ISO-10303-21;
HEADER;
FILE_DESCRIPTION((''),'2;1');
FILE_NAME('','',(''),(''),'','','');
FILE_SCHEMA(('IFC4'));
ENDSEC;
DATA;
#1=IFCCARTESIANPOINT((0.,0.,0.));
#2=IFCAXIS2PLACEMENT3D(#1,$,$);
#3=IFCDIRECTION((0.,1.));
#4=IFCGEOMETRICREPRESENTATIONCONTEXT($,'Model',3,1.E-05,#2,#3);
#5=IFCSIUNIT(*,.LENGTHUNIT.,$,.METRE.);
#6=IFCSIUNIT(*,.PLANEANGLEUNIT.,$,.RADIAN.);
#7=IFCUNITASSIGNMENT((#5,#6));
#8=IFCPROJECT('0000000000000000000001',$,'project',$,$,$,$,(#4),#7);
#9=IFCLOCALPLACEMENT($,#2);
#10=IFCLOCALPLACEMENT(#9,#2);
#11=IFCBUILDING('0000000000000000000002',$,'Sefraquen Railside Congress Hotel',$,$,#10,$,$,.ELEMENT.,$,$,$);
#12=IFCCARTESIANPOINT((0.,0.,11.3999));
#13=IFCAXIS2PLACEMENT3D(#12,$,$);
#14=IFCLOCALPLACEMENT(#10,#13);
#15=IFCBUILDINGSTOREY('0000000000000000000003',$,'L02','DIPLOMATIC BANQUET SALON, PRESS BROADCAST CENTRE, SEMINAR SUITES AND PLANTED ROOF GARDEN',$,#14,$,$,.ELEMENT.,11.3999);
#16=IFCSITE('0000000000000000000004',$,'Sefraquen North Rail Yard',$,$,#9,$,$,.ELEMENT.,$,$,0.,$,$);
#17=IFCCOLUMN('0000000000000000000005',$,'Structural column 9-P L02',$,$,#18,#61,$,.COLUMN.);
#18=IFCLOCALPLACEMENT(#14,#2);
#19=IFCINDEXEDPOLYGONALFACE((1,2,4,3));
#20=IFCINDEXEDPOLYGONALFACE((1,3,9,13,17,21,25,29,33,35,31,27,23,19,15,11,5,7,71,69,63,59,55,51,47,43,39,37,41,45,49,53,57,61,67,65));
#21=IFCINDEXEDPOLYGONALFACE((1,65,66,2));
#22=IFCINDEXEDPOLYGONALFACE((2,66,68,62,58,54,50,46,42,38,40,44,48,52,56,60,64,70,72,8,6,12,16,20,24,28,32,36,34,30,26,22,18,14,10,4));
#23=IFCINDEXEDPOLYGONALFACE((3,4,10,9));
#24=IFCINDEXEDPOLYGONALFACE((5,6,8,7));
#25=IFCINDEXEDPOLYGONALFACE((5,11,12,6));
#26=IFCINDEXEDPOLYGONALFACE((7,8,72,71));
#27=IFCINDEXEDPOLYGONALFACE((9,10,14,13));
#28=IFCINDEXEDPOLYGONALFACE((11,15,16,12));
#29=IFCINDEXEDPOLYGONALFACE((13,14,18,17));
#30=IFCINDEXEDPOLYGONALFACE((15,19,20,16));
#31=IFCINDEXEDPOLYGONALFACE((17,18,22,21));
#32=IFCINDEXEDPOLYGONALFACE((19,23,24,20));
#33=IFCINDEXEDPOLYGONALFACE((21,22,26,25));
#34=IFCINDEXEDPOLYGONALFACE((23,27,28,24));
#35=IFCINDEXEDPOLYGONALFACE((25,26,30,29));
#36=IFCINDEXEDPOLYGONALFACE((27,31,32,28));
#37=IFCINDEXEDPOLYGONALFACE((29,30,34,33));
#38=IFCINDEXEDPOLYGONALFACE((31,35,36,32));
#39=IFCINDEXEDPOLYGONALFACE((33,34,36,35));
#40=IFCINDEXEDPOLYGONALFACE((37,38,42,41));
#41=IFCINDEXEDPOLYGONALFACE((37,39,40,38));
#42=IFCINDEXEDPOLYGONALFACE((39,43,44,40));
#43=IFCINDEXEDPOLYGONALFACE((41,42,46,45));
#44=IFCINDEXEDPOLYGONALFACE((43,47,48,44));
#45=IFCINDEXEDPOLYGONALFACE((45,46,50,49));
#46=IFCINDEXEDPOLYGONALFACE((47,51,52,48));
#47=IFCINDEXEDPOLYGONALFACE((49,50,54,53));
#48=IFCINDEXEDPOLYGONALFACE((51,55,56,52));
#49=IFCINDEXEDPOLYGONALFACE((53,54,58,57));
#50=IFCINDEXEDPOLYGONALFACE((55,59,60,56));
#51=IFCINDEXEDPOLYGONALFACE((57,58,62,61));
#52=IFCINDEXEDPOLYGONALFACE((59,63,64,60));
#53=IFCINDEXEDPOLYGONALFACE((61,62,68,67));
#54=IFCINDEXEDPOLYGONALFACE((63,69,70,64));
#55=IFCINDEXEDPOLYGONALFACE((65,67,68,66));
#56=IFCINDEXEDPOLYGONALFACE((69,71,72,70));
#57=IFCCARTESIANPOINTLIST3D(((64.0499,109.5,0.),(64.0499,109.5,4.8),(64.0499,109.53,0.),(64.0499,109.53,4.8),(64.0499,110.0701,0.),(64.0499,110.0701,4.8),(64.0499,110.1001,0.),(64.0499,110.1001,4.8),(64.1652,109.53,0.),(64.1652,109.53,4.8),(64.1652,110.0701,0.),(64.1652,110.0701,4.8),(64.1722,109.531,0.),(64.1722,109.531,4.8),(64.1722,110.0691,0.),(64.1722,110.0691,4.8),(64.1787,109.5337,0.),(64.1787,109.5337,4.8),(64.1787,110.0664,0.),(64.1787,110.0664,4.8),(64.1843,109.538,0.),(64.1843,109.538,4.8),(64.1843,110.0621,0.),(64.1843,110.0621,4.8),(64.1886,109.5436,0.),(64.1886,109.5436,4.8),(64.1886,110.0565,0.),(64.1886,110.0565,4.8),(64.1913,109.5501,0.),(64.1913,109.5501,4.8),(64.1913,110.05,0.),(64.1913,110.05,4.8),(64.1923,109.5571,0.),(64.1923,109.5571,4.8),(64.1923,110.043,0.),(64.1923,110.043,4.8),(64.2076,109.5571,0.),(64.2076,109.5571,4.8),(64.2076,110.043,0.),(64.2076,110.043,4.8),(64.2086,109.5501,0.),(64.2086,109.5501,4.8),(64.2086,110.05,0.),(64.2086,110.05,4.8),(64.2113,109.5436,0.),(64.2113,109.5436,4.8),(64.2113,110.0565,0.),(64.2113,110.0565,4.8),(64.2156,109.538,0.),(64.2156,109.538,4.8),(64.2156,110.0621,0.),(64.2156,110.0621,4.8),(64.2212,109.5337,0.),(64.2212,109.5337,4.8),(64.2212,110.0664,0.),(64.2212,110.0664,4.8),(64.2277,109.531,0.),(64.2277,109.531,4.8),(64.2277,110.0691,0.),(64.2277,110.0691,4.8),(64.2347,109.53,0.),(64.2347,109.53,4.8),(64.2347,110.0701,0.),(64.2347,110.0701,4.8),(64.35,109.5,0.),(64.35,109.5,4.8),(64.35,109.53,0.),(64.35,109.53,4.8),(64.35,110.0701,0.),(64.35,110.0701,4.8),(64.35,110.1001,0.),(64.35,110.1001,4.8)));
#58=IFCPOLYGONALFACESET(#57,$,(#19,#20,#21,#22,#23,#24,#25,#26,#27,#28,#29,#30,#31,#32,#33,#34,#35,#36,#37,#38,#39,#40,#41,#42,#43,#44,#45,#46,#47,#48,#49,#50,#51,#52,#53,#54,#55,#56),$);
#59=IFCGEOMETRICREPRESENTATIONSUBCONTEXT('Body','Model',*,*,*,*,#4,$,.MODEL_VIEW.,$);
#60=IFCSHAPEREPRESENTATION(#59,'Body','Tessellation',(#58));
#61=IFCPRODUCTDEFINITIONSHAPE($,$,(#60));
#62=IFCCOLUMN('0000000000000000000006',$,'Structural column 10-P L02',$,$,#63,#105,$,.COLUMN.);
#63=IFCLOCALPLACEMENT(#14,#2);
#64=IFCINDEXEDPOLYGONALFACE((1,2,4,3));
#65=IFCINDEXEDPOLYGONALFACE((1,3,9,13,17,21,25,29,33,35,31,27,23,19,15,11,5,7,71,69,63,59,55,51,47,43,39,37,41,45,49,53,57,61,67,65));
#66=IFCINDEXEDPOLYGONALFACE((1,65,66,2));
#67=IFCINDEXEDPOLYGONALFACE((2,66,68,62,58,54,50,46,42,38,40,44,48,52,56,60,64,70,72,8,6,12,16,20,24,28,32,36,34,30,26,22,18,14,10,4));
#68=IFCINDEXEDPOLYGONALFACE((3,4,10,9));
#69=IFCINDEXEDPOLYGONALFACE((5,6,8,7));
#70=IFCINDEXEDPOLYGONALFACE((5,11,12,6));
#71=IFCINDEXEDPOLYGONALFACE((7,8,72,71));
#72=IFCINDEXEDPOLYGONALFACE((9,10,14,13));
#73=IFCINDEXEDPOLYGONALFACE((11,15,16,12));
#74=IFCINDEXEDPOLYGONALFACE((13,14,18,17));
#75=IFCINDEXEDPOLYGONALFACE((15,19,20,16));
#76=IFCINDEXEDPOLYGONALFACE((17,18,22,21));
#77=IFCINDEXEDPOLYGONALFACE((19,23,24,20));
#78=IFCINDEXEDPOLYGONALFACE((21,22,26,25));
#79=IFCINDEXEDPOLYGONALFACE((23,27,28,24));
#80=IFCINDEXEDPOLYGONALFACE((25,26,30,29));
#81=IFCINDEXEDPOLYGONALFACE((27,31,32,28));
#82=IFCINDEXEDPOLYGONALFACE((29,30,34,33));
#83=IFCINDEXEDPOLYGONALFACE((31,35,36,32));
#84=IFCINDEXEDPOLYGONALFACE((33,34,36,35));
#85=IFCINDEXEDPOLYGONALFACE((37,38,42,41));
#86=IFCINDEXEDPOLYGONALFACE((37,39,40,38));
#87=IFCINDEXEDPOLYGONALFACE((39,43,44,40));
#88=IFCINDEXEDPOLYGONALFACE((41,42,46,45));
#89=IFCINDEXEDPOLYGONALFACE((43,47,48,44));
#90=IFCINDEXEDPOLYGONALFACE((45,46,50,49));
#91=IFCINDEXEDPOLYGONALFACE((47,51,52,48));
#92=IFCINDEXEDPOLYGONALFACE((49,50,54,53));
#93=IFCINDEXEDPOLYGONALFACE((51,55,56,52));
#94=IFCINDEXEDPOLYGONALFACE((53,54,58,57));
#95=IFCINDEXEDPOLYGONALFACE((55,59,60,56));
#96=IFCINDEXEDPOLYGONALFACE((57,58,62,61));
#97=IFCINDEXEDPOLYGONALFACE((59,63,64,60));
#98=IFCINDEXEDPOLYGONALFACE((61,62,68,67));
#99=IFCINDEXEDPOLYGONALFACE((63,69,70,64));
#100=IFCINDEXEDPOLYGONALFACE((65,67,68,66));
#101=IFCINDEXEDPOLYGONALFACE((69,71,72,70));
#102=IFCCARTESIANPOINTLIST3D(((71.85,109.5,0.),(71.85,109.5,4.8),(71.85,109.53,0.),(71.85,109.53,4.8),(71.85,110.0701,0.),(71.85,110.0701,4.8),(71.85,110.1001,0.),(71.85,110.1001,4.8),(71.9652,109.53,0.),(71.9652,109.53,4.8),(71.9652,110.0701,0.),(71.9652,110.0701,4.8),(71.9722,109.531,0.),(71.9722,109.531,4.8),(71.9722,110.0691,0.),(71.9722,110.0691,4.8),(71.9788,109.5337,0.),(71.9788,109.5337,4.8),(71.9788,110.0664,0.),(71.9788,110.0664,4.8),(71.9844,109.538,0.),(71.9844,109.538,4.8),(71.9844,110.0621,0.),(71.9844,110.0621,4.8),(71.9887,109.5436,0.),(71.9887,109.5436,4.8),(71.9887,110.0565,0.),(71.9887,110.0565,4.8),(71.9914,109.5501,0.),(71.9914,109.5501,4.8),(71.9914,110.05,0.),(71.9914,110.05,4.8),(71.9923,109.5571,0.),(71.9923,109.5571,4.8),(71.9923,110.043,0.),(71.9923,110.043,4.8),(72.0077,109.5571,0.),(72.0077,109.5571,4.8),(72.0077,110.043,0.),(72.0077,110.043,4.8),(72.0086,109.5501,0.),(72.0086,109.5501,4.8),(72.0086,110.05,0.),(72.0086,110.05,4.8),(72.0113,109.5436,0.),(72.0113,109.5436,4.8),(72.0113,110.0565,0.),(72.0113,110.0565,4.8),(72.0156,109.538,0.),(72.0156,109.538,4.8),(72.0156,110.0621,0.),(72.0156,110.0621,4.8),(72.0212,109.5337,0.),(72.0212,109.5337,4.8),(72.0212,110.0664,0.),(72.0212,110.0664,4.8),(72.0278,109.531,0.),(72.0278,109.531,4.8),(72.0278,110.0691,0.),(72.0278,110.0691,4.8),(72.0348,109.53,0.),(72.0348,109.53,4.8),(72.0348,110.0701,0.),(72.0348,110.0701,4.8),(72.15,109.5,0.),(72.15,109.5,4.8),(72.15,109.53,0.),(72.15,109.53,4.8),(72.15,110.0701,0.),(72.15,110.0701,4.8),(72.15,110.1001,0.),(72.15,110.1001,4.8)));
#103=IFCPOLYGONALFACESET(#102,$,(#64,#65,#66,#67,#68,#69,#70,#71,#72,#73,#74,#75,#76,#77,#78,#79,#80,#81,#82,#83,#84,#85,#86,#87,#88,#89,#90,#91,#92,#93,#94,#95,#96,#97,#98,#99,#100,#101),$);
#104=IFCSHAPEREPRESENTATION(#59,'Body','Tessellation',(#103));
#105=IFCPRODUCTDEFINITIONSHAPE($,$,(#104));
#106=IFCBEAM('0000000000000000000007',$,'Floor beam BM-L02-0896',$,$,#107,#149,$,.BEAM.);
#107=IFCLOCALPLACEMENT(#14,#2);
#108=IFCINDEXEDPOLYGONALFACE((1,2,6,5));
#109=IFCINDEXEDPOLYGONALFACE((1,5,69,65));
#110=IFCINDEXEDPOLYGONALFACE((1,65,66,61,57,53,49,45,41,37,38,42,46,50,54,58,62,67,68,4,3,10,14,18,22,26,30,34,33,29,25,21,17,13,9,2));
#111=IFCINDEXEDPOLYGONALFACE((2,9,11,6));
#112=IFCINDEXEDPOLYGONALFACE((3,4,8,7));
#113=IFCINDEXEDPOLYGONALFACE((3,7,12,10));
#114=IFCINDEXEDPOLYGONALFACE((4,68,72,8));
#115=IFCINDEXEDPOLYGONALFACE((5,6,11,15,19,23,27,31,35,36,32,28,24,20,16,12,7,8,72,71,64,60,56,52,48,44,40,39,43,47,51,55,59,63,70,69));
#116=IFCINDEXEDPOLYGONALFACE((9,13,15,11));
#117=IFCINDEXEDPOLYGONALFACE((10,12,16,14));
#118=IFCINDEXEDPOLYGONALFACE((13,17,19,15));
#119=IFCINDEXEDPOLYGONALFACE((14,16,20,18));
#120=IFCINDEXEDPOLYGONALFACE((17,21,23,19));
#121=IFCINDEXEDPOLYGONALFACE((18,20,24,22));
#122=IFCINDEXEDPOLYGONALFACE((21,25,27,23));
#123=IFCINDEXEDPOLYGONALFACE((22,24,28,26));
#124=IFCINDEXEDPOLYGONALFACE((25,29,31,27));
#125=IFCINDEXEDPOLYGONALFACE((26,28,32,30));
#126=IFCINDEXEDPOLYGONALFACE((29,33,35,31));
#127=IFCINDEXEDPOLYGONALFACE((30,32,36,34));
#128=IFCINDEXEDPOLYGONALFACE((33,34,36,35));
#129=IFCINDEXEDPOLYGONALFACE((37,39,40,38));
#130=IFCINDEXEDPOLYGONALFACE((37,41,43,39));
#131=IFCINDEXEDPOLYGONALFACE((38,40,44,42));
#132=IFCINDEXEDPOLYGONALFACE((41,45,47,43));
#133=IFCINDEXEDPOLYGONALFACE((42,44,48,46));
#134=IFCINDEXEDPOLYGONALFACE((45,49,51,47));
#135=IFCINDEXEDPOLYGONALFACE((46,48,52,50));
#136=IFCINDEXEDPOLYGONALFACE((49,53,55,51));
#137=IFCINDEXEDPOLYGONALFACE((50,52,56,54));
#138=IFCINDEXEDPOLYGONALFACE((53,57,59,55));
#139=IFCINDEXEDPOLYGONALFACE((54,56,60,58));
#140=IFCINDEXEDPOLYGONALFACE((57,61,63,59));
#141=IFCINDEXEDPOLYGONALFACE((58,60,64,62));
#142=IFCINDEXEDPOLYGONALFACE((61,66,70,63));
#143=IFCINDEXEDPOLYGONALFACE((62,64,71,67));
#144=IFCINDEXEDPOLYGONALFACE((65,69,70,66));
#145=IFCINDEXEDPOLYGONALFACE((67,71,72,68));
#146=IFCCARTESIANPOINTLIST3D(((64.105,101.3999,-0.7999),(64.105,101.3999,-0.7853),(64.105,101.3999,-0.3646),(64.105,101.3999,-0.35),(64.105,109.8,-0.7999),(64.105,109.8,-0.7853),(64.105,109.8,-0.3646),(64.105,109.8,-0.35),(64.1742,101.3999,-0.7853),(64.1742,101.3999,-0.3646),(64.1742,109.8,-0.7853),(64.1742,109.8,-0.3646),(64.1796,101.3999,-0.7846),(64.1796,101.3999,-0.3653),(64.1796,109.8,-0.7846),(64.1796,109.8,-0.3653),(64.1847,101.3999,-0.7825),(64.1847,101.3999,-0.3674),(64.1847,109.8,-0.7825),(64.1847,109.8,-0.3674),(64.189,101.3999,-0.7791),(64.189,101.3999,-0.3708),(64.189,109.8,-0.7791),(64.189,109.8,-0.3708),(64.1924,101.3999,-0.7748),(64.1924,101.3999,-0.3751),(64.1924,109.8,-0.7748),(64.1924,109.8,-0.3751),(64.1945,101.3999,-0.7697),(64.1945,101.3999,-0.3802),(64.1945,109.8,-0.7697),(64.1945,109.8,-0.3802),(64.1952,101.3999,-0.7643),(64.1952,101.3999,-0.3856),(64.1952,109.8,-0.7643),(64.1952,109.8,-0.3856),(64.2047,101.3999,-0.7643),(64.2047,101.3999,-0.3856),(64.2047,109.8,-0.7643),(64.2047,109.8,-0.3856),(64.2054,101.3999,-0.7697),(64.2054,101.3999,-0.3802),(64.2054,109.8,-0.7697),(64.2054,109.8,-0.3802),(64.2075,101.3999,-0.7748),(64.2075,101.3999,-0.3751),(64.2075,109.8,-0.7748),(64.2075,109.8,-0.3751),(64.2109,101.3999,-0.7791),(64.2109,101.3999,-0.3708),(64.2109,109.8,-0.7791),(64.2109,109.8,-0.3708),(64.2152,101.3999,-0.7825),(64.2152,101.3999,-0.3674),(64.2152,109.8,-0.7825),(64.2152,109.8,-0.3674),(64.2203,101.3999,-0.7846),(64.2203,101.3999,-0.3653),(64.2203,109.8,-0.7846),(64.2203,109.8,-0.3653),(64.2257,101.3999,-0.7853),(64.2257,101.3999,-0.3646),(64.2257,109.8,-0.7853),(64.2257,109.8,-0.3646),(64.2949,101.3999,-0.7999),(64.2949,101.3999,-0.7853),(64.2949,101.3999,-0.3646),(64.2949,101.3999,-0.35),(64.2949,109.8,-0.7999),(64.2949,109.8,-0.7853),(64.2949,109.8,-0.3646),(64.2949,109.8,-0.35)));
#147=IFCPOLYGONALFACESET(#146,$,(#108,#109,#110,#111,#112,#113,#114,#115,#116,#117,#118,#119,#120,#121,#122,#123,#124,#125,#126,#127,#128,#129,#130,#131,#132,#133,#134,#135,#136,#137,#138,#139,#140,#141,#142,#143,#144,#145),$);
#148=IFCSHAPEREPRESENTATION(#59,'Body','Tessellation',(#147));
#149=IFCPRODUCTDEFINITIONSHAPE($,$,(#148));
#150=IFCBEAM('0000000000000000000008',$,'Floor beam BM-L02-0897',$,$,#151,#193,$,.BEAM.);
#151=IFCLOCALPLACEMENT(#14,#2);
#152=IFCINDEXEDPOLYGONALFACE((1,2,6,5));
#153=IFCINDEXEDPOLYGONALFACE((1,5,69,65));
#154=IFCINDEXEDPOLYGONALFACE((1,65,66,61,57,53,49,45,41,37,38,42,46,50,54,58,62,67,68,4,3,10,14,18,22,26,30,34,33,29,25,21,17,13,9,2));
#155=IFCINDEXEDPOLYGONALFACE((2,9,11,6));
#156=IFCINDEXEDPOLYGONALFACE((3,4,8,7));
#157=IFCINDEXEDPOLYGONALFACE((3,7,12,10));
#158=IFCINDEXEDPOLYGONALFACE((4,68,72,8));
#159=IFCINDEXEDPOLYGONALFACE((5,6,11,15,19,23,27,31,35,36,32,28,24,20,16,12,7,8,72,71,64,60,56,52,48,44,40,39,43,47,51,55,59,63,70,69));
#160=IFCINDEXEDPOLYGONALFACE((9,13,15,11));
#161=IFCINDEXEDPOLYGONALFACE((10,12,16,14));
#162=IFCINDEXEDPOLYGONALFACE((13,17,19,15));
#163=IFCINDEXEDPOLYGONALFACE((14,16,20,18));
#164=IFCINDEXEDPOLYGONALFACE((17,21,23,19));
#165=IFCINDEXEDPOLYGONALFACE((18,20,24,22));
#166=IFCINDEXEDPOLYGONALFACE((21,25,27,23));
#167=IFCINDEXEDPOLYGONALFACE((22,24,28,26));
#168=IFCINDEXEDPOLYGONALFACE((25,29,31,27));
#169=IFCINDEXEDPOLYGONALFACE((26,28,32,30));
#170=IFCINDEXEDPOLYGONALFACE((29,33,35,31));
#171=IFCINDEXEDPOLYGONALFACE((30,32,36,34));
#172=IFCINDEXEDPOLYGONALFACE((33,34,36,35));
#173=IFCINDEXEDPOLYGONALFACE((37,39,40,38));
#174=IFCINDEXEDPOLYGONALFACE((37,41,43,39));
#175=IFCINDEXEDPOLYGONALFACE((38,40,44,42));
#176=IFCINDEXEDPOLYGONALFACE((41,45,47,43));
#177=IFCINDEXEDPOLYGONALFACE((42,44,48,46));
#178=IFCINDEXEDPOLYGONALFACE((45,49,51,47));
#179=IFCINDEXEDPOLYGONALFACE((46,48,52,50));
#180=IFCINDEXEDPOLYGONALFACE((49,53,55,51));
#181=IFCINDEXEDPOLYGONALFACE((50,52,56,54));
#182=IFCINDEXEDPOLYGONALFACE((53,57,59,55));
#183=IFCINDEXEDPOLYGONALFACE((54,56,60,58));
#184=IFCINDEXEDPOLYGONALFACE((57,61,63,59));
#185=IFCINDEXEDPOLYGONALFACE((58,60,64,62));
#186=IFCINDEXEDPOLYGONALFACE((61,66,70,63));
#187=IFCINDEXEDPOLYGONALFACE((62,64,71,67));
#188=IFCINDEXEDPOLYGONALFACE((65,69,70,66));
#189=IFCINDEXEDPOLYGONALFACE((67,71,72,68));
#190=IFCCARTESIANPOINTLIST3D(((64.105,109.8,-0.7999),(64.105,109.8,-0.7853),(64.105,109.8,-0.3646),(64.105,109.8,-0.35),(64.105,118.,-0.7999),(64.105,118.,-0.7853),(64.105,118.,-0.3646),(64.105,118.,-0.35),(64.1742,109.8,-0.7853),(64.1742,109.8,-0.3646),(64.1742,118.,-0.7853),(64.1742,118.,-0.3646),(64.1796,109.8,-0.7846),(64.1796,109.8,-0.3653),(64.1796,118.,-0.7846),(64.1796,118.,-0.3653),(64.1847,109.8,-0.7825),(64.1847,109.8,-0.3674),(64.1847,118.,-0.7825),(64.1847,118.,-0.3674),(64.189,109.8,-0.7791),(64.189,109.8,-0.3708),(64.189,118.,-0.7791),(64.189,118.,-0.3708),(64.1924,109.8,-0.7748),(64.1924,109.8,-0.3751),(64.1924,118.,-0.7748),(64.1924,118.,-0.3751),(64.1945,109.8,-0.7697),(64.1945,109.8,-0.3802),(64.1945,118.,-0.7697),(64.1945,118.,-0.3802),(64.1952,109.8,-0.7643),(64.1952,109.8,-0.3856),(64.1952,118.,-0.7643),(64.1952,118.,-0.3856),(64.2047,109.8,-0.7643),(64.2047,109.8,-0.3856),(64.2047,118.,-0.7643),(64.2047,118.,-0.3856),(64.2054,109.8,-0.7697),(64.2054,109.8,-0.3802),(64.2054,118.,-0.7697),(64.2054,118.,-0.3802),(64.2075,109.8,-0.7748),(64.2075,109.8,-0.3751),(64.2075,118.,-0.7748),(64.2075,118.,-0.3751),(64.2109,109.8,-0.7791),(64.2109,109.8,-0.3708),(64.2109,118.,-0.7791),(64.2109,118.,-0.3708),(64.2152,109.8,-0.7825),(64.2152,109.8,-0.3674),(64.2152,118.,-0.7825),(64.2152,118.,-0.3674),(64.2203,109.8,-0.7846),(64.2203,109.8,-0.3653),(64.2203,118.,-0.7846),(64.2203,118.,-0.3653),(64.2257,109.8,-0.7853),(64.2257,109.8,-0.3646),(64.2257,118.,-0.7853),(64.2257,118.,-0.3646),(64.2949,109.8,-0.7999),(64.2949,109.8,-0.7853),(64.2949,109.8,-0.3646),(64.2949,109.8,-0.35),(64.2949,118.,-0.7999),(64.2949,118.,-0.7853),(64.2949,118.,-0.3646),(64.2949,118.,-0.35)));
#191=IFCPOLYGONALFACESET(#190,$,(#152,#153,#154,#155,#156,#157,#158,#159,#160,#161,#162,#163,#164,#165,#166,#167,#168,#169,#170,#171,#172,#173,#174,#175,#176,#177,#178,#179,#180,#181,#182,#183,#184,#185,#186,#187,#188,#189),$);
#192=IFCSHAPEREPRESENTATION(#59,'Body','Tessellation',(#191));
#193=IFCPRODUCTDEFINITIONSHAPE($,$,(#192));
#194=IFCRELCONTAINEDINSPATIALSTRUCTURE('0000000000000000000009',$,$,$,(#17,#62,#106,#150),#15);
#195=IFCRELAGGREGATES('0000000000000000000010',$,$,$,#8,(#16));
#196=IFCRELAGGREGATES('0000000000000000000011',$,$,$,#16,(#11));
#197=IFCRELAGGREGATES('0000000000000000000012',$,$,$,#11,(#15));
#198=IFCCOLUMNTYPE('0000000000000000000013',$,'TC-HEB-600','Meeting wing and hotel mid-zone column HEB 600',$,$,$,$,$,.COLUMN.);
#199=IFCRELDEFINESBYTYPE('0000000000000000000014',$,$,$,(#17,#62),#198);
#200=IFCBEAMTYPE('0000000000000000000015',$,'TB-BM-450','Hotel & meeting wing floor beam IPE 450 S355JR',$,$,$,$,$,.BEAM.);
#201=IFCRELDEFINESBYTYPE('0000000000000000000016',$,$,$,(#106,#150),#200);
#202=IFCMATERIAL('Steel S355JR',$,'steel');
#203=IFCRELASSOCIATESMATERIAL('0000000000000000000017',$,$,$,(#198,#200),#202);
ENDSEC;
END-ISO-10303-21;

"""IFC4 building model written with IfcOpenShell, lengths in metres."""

from ifc_helpers import new_model, si_unit, direction, frame, origin, origin_2d, place, context, subcontext, project, spatial, i_section, extrude, material, material_profile, profile_set, type_object, element, save


model = new_model("IFC4")

# Units and contexts
model_context = context("Model", 3, precision=1e-05, world=origin(), true_north=direction((0.0, 1.0)))
body_context = subcontext(model_context, "Body", "Model", "MODEL_VIEW")
ifc_project = project(units=[si_unit("LENGTHUNIT", "METRE"), si_unit("PLANEANGLEUNIT", "RADIAN")], contexts=[model_context])

# Site, building, storey
site_placement = place(None, origin())
site = spatial("IfcSite", under=ifc_project, at=site_placement, Name="Sefraquen North Rail Yard", CompositionType="ELEMENT", RefElevation=0.0)
building_placement = place(site_placement, origin())
building = spatial("IfcBuilding", under=site, at=building_placement, Name="Sefraquen Railside Congress Hotel", CompositionType="ELEMENT")
storey_placement = place(building_placement, frame((0.0, 0.0, 11.3999)))
storey = spatial("IfcBuildingStorey", under=building, at=storey_placement, Name="L02", Description="DIPLOMATIC BANQUET SALON, PRESS BROADCAST CENTRE, SEMINAR SUITES AND PLANTED ROOF GARDEN", CompositionType="ELEMENT", Elevation=11.3999)

# Columns
ifc_material_1 = material(Name="Steel S355JR", Category="steel")
ifc_material_profile_1 = material_profile(ifc_material_1, i_section(OverallWidth=0.3, OverallDepth=0.6001, WebThickness=0.0154, FlangeThickness=0.03, FilletRadius=0.0271, at=origin_2d()), Name="HEB 600")
ifc_profile_set_1 = profile_set([ifc_material_profile_1], Name="Steel S355JR")
column_type_1 = type_object("IfcColumnType", Name="TC-HEB-600", Description="Meeting wing and hotel mid-zone column HEB 600", PredefinedType="COLUMN", material=ifc_profile_set_1)
for number, where, z_axis, x_axis, name in (
    (1, (64.2, 109.8, 0.0), (0.0, 0.0, 1.0), (1.0, 0.0, 0.0), "Structural column 9-P L02"),
    (2, (72.0, 109.8, 0.0), (0.0, 0.0, 1.0), (1.0, 0.0, 0.0), "Structural column 10-P L02"),
):
    element("IfcColumn", number, at=place(storey_placement, frame(where, z_axis=z_axis, x_axis=x_axis)), inside=storey, type_object=column_type_1, Name=name, PredefinedType="COLUMN", context=body_context, shape_type="SweptSolid", body=[
        extrude(i_section(OverallWidth=0.3, OverallDepth=0.6001, WebThickness=0.0154, FlangeThickness=0.03, FilletRadius=0.0271, at=origin_2d()), origin(), (0.0, 0.0, 1.0), 4.8),
    ])

# Beams
ifc_material_profile_2 = material_profile(ifc_material_1, i_section(OverallWidth=0.1899, OverallDepth=0.45, WebThickness=0.0095, FlangeThickness=0.0146, FilletRadius=0.021, at=origin_2d()), Name="IPE 450")
ifc_profile_set_2 = profile_set([ifc_material_profile_2], Name="Steel S355JR")
beam_type_1 = type_object("IfcBeamType", Name="TB-BM-450", Description="Hotel & meeting wing floor beam IPE 450 S355JR", PredefinedType="BEAM", material=ifc_profile_set_2)
beam_1_placement = place(storey_placement, frame((64.2, 101.3999, -0.575), z_axis=(0.0, 1.0, 0.0), x_axis=(-1.0, 0.0, 0.0)))
element("IfcBeam", 3, at=beam_1_placement, inside=storey, type_object=beam_type_1, Name="Floor beam BM-L02-0896", PredefinedType="BEAM", context=body_context, shape_type="SweptSolid", body=[
    extrude(i_section(OverallWidth=0.1899, OverallDepth=0.45, WebThickness=0.0095, FlangeThickness=0.0146, FilletRadius=0.021, at=origin_2d()), origin(), (0.0, 0.0, 1.0), 8.4001),
])
beam_2_placement = place(storey_placement, frame((64.2, 109.8, -0.575), z_axis=(0.0, 1.0, 0.0), x_axis=(-1.0, 0.0, 0.0)))
element("IfcBeam", 4, at=beam_2_placement, inside=storey, type_object=beam_type_1, Name="Floor beam BM-L02-0897", PredefinedType="BEAM", context=body_context, shape_type="SweptSolid", body=[
    extrude(i_section(OverallWidth=0.1899, OverallDepth=0.45, WebThickness=0.0095, FlangeThickness=0.0146, FilletRadius=0.021, at=origin_2d()), origin(), (0.0, 0.0, 1.0), 8.2),
])

save(model, "model.ifc")
